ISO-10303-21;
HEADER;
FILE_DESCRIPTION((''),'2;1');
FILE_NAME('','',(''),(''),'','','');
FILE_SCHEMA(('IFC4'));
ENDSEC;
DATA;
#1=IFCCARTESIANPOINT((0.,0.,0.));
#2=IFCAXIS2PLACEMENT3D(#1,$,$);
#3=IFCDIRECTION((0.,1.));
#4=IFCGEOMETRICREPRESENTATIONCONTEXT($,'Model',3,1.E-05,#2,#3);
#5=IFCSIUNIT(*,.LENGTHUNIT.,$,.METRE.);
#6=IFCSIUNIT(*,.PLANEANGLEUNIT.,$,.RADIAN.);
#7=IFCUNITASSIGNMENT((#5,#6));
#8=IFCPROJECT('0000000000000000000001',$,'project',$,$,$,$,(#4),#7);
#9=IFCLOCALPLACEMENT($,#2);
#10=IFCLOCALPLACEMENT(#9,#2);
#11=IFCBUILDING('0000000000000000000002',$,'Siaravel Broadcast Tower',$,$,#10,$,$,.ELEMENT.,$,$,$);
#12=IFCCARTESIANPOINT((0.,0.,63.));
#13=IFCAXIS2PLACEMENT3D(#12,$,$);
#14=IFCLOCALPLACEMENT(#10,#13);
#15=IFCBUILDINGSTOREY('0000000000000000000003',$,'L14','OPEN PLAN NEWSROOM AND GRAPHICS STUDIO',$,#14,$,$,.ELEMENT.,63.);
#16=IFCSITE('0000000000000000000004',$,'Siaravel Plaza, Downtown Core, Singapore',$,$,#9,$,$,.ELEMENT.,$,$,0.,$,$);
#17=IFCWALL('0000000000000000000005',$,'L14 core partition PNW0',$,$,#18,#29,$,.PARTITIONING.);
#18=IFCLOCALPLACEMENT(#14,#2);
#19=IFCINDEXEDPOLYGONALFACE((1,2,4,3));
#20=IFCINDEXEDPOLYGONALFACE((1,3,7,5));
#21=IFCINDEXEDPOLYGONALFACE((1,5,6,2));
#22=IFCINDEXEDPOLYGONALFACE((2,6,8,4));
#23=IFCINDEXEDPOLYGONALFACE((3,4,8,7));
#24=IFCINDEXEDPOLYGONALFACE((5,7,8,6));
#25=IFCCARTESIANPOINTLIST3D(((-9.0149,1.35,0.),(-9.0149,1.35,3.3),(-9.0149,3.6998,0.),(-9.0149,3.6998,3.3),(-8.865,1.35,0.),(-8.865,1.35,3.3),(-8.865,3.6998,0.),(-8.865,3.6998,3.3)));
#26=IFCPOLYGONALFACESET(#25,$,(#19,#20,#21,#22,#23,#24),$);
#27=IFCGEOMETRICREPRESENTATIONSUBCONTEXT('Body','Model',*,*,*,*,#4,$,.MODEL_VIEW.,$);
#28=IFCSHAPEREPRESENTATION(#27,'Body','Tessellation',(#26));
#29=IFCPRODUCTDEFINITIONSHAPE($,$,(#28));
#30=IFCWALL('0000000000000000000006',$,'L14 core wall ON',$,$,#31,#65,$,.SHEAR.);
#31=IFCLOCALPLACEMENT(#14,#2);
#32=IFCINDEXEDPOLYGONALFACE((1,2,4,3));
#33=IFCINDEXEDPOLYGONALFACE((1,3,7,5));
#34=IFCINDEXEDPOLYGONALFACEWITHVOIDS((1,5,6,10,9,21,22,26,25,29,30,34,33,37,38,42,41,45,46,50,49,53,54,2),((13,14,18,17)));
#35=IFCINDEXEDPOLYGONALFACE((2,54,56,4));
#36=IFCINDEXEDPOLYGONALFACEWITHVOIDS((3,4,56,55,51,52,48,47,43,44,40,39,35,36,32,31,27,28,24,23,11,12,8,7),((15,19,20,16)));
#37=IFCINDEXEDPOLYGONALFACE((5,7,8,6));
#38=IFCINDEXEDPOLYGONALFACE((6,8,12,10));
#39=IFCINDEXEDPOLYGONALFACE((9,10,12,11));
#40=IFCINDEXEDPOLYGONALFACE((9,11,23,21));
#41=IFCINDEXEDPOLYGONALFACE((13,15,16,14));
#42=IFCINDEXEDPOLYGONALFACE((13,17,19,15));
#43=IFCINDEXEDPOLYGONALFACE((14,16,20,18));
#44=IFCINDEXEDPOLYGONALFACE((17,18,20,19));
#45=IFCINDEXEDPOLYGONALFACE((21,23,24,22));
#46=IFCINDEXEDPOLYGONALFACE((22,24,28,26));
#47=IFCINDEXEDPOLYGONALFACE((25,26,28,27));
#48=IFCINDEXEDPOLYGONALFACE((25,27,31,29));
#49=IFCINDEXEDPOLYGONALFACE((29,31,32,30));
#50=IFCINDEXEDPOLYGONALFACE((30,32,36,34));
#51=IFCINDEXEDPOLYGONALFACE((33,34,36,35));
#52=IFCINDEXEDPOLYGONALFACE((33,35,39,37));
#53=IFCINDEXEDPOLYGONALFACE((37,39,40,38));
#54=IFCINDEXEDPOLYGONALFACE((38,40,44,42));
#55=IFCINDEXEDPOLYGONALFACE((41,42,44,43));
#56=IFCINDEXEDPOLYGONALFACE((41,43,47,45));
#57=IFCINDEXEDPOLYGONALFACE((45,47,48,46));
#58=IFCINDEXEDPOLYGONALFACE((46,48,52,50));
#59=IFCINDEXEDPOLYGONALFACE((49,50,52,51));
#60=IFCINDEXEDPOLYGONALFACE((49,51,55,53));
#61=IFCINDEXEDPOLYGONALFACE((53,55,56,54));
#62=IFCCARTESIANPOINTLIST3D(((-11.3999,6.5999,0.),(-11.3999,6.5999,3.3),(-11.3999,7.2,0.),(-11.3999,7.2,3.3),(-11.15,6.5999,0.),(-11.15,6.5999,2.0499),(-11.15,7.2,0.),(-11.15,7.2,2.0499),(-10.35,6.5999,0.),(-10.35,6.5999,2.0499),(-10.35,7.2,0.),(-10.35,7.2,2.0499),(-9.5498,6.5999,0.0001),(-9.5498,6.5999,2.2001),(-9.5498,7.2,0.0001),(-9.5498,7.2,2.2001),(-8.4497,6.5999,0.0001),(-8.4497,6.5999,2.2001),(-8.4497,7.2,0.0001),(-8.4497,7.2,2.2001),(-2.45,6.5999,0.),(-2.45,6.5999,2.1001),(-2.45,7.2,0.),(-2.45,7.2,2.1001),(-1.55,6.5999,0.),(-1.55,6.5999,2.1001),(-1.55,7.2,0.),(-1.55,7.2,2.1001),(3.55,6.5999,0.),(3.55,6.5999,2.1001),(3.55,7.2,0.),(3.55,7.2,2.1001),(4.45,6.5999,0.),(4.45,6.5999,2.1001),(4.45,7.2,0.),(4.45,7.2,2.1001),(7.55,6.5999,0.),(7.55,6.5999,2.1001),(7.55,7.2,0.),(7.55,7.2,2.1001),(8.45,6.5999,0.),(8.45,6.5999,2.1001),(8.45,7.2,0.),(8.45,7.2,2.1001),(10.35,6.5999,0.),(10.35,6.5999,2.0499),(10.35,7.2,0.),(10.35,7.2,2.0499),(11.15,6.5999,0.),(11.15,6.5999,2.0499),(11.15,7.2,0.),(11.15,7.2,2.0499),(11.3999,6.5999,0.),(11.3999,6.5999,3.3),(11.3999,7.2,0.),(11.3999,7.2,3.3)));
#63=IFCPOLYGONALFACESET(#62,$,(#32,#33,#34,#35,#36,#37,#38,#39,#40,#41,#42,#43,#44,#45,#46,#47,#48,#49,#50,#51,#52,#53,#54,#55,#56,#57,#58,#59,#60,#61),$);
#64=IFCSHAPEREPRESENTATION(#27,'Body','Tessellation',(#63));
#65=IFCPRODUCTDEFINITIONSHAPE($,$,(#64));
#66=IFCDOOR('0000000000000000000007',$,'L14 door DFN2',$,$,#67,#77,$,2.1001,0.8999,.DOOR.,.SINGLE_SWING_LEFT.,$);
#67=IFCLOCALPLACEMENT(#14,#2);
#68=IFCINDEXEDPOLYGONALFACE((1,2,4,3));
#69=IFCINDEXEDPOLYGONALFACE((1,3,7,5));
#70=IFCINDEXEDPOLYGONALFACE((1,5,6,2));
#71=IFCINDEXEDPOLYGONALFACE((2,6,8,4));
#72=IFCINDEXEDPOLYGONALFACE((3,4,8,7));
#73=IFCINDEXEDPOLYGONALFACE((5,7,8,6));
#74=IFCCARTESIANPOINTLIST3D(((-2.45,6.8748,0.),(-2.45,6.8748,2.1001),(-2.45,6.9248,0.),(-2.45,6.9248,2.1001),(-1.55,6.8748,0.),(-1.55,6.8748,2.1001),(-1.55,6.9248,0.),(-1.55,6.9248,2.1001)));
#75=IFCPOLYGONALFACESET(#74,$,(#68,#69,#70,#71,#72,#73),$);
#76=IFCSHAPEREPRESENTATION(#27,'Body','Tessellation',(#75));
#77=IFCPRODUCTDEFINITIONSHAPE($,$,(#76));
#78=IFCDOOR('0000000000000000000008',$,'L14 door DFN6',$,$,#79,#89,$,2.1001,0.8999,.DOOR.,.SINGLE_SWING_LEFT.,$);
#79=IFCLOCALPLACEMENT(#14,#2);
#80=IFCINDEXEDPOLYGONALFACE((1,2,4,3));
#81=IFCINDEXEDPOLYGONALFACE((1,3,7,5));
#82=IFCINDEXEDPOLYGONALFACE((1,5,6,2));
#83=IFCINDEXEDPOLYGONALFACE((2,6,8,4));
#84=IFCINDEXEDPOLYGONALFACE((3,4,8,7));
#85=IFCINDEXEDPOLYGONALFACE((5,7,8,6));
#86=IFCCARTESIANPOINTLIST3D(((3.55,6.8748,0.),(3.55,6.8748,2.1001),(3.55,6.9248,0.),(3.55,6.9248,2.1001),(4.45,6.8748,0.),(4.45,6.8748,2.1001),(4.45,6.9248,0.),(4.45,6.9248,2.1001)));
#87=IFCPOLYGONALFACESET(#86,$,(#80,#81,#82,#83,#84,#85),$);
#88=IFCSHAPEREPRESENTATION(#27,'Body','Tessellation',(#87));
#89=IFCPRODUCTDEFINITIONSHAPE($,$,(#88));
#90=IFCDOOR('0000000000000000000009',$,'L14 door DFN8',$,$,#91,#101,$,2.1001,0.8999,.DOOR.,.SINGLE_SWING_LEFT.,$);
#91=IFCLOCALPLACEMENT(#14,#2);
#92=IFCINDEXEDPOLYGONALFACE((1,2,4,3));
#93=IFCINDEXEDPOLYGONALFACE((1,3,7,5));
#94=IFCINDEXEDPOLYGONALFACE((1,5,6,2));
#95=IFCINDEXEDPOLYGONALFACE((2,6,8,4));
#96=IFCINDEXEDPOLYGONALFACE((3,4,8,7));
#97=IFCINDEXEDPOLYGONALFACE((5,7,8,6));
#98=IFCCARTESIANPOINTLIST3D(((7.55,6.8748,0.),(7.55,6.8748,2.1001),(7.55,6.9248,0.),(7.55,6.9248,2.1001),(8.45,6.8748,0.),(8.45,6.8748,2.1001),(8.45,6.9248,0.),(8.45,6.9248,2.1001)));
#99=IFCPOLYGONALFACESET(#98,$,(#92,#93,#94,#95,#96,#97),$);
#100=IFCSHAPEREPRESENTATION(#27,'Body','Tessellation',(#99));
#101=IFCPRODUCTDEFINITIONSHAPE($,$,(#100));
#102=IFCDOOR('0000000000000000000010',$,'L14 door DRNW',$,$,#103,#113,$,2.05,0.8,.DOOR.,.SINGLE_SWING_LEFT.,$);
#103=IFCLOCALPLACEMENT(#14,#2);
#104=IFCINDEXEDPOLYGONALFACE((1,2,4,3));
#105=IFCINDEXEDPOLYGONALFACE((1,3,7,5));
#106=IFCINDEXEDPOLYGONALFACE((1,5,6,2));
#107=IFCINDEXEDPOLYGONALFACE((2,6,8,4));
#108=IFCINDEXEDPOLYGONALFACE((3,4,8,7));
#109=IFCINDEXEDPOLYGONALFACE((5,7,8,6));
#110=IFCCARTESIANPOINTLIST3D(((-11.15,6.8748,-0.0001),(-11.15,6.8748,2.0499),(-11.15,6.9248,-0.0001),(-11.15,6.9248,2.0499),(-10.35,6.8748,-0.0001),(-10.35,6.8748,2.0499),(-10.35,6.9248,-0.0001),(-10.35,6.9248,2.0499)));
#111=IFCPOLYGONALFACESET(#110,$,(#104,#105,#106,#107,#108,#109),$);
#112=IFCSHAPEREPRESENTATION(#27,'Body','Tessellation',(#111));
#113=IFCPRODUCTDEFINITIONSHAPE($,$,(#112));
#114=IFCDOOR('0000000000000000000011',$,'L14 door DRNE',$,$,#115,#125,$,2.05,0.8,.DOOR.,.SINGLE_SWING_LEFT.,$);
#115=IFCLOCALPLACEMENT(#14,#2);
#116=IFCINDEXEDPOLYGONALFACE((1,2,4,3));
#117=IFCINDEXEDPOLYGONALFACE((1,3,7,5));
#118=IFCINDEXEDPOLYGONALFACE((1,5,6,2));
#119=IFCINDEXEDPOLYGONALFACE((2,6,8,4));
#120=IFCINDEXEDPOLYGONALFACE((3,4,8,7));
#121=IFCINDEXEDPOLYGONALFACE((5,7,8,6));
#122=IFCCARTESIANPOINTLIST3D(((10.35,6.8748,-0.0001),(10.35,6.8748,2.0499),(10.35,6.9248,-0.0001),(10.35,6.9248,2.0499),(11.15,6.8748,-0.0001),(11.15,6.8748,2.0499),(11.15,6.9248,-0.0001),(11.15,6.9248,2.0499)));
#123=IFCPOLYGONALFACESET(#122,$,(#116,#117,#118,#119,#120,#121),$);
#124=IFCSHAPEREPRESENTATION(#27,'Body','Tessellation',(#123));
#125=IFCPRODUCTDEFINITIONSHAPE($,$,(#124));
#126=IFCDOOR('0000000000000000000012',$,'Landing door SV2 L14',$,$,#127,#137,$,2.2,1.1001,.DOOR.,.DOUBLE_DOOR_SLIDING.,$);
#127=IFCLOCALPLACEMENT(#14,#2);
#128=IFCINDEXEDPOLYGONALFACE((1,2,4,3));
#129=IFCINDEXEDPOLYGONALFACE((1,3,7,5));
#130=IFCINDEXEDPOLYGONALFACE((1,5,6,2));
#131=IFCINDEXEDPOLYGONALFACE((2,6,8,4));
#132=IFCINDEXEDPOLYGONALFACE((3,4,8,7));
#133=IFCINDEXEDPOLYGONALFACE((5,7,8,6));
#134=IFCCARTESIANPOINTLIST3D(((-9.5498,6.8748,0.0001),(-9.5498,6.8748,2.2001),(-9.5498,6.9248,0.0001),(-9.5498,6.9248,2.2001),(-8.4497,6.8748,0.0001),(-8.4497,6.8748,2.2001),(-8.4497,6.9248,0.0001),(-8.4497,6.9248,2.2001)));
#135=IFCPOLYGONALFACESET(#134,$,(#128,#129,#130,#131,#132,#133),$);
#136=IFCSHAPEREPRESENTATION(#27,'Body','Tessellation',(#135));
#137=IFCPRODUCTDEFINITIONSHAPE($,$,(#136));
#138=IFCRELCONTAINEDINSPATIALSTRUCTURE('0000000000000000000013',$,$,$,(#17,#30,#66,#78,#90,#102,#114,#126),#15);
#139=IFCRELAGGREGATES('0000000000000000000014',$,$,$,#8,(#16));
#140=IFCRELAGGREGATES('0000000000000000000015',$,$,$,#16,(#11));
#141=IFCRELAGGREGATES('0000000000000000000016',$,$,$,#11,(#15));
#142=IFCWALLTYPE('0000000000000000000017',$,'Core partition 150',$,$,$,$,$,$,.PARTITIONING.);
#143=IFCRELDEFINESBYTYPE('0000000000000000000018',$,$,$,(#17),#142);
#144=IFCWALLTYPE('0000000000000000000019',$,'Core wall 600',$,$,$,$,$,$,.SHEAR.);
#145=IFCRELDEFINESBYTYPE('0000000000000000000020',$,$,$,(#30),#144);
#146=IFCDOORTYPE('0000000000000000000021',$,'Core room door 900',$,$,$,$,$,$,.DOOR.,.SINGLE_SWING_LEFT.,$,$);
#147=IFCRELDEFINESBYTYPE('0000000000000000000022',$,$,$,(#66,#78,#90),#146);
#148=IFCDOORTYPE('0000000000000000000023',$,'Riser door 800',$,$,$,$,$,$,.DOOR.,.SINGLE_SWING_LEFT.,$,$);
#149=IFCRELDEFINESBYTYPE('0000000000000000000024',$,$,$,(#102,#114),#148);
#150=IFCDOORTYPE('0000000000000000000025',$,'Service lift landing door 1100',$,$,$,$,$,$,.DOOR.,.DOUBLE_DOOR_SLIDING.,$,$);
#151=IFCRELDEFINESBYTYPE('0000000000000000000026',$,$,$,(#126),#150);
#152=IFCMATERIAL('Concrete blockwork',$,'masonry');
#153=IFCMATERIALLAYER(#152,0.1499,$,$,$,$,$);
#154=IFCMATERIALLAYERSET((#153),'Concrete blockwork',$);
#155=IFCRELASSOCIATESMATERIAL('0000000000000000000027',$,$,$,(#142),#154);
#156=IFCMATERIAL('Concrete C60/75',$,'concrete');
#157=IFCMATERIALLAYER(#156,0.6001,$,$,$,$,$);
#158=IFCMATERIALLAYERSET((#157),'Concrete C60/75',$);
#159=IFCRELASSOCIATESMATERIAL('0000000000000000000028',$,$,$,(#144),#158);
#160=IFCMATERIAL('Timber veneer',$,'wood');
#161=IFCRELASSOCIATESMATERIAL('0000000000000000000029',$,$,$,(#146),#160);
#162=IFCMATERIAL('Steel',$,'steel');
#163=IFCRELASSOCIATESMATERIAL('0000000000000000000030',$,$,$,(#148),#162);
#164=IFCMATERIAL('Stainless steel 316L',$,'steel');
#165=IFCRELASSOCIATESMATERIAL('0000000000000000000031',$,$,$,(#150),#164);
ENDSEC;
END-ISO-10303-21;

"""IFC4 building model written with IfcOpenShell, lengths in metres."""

from ifc_helpers import new_model, si_unit, direction, frame, frame_2d, origin, place, context, subcontext, project, spatial, rectangle, extrude, material, layer, layer_set, type_object, element, fill, save


model = new_model("IFC4")

# Units and contexts
model_context = context("Model", 3, precision=1e-05, world=origin(), true_north=direction((0.0, 1.0)))
body_context = subcontext(model_context, "Body", "Model", "MODEL_VIEW")
ifc_project = project(units=[si_unit("LENGTHUNIT", "METRE"), si_unit("PLANEANGLEUNIT", "RADIAN")], contexts=[model_context])

# Site, building, storey
site_placement = place(None, origin())
site = spatial("IfcSite", under=ifc_project, at=site_placement, Name="Siaravel Plaza, Downtown Core, Singapore", CompositionType="ELEMENT", RefElevation=0.0)
building_placement = place(site_placement, origin())
building = spatial("IfcBuilding", under=site, at=building_placement, Name="Siaravel Broadcast Tower", CompositionType="ELEMENT")
storey_placement = place(building_placement, frame((0.0, 0.0, 63.0)))
storey = spatial("IfcBuildingStorey", under=building, at=storey_placement, Name="L14", Description="OPEN PLAN NEWSROOM AND GRAPHICS STUDIO", CompositionType="ELEMENT", Elevation=63.0)

# Wall
ifc_material_1 = material(Name="Concrete blockwork", Category="masonry")
ifc_layer_1 = layer(ifc_material_1, 0.1499)
ifc_layer_set_1 = layer_set([ifc_layer_1], Name="Concrete blockwork")
wall_type_1 = type_object("IfcWallType", Name="Core partition 150", PredefinedType="PARTITIONING", material=ifc_layer_set_1)
wall_1_placement = place(storey_placement, frame((-8.9399, 1.3501, 0.0), z_axis=(0.0, 0.0, 1.0), x_axis=(0.0, 1.0, 0.0)))
element("IfcWall", 1, at=wall_1_placement, inside=storey, type_object=wall_type_1, Name="L14 core partition PNW0", PredefinedType="PARTITIONING", context=body_context, shape_type="SweptSolid", body=[
    extrude(rectangle(XDim=2.3499, YDim=0.1499, at=frame_2d((1.1748, 0.0))), origin(), (0.0, 0.0, 1.0), 3.3),
])

# Wall, openings, doors
ifc_material_2 = material(Name="Concrete C60/75", Category="concrete")
ifc_layer_2 = layer(ifc_material_2, 0.6001)
ifc_layer_set_2 = layer_set([ifc_layer_2], Name="Concrete C60/75")
wall_type_2 = type_object("IfcWallType", Name="Core wall 600", PredefinedType="SHEAR", material=ifc_layer_set_2)
wall_2_placement = place(storey_placement, frame((-11.3999, 6.8999, 0.0), z_axis=(0.0, 0.0, 1.0), x_axis=(1.0, 0.0, 0.0)))
wall_2 = element("IfcWall", 2, at=wall_2_placement, inside=storey, type_object=wall_type_2, Name="L14 core wall ON", PredefinedType="SHEAR", context=body_context, shape_type="SweptSolid", body=[
    extrude(rectangle(XDim=22.7998, YDim=0.6001, at=frame_2d((11.3999, 0.0))), origin(), (0.0, 0.0, 1.0), 3.3),
])
opening_1_placement = place(wall_2_placement, frame((1.8501, 0.0, 0.0)))
opening_1 = element("IfcOpeningElement", 3, at=opening_1_placement, cuts=wall_2, PredefinedType="OPENING", context=body_context, shape_type="SweptSolid", body=[
    extrude(rectangle(XDim=1.1001, YDim=2.2, at=frame_2d((0.55, 1.1001))), frame((0.0, 0.3101, 0.0), z_axis=(0.0, -1.0, 0.0), x_axis=(1.0, 0.0, 0.0)), (0.0, 0.0, 1.0), 0.6201),
])
opening_2_placement = place(wall_2_placement, frame((8.95, 0.0, 0.0)))
opening_2 = element("IfcOpeningElement", 4, at=opening_2_placement, cuts=wall_2, PredefinedType="OPENING", context=body_context, shape_type="SweptSolid", body=[
    extrude(rectangle(XDim=0.8999, YDim=2.1001, at=frame_2d((0.45, 1.05))), frame((0.0, 0.3101, 0.0), z_axis=(0.0, -1.0, 0.0), x_axis=(1.0, 0.0, 0.0)), (0.0, 0.0, 1.0), 0.6201),
])
opening_3_placement = place(wall_2_placement, frame((14.95, 0.0, 0.0)))
opening_3 = element("IfcOpeningElement", 5, at=opening_3_placement, cuts=wall_2, PredefinedType="OPENING", context=body_context, shape_type="SweptSolid", body=[
    extrude(rectangle(XDim=0.8999, YDim=2.1001, at=frame_2d((0.45, 1.05))), frame((0.0, 0.3101, 0.0), z_axis=(0.0, -1.0, 0.0), x_axis=(1.0, 0.0, 0.0)), (0.0, 0.0, 1.0), 0.6201),
])
opening_4_placement = place(wall_2_placement, frame((18.95, 0.0, 0.0)))
opening_4 = element("IfcOpeningElement", 6, at=opening_4_placement, cuts=wall_2, PredefinedType="OPENING", context=body_context, shape_type="SweptSolid", body=[
    extrude(rectangle(XDim=0.8999, YDim=2.1001, at=frame_2d((0.45, 1.05))), frame((0.0, 0.3101, 0.0), z_axis=(0.0, -1.0, 0.0), x_axis=(1.0, 0.0, 0.0)), (0.0, 0.0, 1.0), 0.6201),
])
opening_5_placement = place(wall_2_placement, frame((0.25, 0.0, 0.0)))
opening_5 = element("IfcOpeningElement", 7, at=opening_5_placement, cuts=wall_2, PredefinedType="OPENING", context=body_context, shape_type="SweptSolid", body=[
    extrude(rectangle(XDim=0.8, YDim=2.05, at=frame_2d((0.3999, 1.0249))), frame((0.0, 0.3101, 0.0), z_axis=(0.0, -1.0, 0.0), x_axis=(1.0, 0.0, 0.0)), (0.0, 0.0, 1.0), 0.6201),
])
opening_6_placement = place(wall_2_placement, frame((21.75, 0.0, 0.0)))
opening_6 = element("IfcOpeningElement", 8, at=opening_6_placement, cuts=wall_2, PredefinedType="OPENING", context=body_context, shape_type="SweptSolid", body=[
    extrude(rectangle(XDim=0.8, YDim=2.05, at=frame_2d((0.3999, 1.0249))), frame((0.0, 0.3101, 0.0), z_axis=(0.0, -1.0, 0.0), x_axis=(1.0, 0.0, 0.0)), (0.0, 0.0, 1.0), 0.6201),
])
ifc_material_3 = material(Name="Timber veneer", Category="wood")
door_type_1 = type_object("IfcDoorType", Name="Core room door 900", OperationType="SINGLE_SWING_LEFT", PredefinedType="DOOR", material=ifc_material_3)
door_1_placement = place(opening_2_placement, origin())
door_1 = element("IfcDoor", 9, at=door_1_placement, inside=storey, type_object=door_type_1, Name="L14 door DFN2", OperationType="SINGLE_SWING_LEFT", OverallHeight=2.1001, OverallWidth=0.8999, PredefinedType="DOOR", context=body_context, shape_type="SweptSolid", body=[
    extrude(rectangle(XDim=0.8999, YDim=2.1001, at=frame_2d((0.45, 1.05))), frame((0.0, 0.0249, 0.0), z_axis=(0.0, -1.0, 0.0), x_axis=(1.0, 0.0, 0.0)), (0.0, 0.0, 1.0), 0.05),
])
fill(opening_2, door_1)
door_2_placement = place(opening_3_placement, origin())
door_2 = element("IfcDoor", 10, at=door_2_placement, inside=storey, type_object=door_type_1, Name="L14 door DFN6", OperationType="SINGLE_SWING_LEFT", OverallHeight=2.1001, OverallWidth=0.8999, PredefinedType="DOOR", context=body_context, shape_type="SweptSolid", body=[
    extrude(rectangle(XDim=0.8999, YDim=2.1001, at=frame_2d((0.45, 1.05))), frame((0.0, 0.0249, 0.0), z_axis=(0.0, -1.0, 0.0), x_axis=(1.0, 0.0, 0.0)), (0.0, 0.0, 1.0), 0.05),
])
fill(opening_3, door_2)
door_3_placement = place(opening_4_placement, origin())
door_3 = element("IfcDoor", 11, at=door_3_placement, inside=storey, type_object=door_type_1, Name="L14 door DFN8", OperationType="SINGLE_SWING_LEFT", OverallHeight=2.1001, OverallWidth=0.8999, PredefinedType="DOOR", context=body_context, shape_type="SweptSolid", body=[
    extrude(rectangle(XDim=0.8999, YDim=2.1001, at=frame_2d((0.45, 1.05))), frame((0.0, 0.0249, 0.0), z_axis=(0.0, -1.0, 0.0), x_axis=(1.0, 0.0, 0.0)), (0.0, 0.0, 1.0), 0.05),
])
fill(opening_4, door_3)
ifc_material_4 = material(Name="Steel", Category="steel")
door_type_2 = type_object("IfcDoorType", Name="Riser door 800", OperationType="SINGLE_SWING_LEFT", PredefinedType="DOOR", material=ifc_material_4)
door_4_placement = place(opening_5_placement, origin())
door_4 = element("IfcDoor", 12, at=door_4_placement, inside=storey, type_object=door_type_2, Name="L14 door DRNW", OperationType="SINGLE_SWING_LEFT", OverallHeight=2.05, OverallWidth=0.8, PredefinedType="DOOR", context=body_context, shape_type="SweptSolid", body=[
    extrude(rectangle(XDim=0.8, YDim=2.05, at=frame_2d((0.3999, 1.0249))), frame((0.0, 0.0249, 0.0), z_axis=(0.0, -1.0, 0.0), x_axis=(1.0, 0.0, 0.0)), (0.0, 0.0, 1.0), 0.05),
])
fill(opening_5, door_4)
door_5_placement = place(opening_6_placement, origin())
door_5 = element("IfcDoor", 13, at=door_5_placement, inside=storey, type_object=door_type_2, Name="L14 door DRNE", OperationType="SINGLE_SWING_LEFT", OverallHeight=2.05, OverallWidth=0.8, PredefinedType="DOOR", context=body_context, shape_type="SweptSolid", body=[
    extrude(rectangle(XDim=0.8, YDim=2.05, at=frame_2d((0.3999, 1.0249))), frame((0.0, 0.0249, 0.0), z_axis=(0.0, -1.0, 0.0), x_axis=(1.0, 0.0, 0.0)), (0.0, 0.0, 1.0), 0.05),
])
fill(opening_6, door_5)
ifc_material_5 = material(Name="Stainless steel 316L", Category="steel")
door_type_3 = type_object("IfcDoorType", Name="Service lift landing door 1100", OperationType="DOUBLE_DOOR_SLIDING", PredefinedType="DOOR", material=ifc_material_5)
door_6_placement = place(opening_1_placement, origin())
door_6 = element("IfcDoor", 14, at=door_6_placement, inside=storey, type_object=door_type_3, Name="Landing door SV2 L14", OperationType="DOUBLE_DOOR_SLIDING", OverallHeight=2.2, OverallWidth=1.1001, PredefinedType="DOOR", context=body_context, shape_type="SweptSolid", body=[
    extrude(rectangle(XDim=1.1001, YDim=2.2, at=frame_2d((0.55, 1.1001))), frame((0.0, 0.0249, 0.0), z_axis=(0.0, -1.0, 0.0), x_axis=(1.0, 0.0, 0.0)), (0.0, 0.0, 1.0), 0.05),
])
fill(opening_1, door_6)

save(model, "model.ifc")
